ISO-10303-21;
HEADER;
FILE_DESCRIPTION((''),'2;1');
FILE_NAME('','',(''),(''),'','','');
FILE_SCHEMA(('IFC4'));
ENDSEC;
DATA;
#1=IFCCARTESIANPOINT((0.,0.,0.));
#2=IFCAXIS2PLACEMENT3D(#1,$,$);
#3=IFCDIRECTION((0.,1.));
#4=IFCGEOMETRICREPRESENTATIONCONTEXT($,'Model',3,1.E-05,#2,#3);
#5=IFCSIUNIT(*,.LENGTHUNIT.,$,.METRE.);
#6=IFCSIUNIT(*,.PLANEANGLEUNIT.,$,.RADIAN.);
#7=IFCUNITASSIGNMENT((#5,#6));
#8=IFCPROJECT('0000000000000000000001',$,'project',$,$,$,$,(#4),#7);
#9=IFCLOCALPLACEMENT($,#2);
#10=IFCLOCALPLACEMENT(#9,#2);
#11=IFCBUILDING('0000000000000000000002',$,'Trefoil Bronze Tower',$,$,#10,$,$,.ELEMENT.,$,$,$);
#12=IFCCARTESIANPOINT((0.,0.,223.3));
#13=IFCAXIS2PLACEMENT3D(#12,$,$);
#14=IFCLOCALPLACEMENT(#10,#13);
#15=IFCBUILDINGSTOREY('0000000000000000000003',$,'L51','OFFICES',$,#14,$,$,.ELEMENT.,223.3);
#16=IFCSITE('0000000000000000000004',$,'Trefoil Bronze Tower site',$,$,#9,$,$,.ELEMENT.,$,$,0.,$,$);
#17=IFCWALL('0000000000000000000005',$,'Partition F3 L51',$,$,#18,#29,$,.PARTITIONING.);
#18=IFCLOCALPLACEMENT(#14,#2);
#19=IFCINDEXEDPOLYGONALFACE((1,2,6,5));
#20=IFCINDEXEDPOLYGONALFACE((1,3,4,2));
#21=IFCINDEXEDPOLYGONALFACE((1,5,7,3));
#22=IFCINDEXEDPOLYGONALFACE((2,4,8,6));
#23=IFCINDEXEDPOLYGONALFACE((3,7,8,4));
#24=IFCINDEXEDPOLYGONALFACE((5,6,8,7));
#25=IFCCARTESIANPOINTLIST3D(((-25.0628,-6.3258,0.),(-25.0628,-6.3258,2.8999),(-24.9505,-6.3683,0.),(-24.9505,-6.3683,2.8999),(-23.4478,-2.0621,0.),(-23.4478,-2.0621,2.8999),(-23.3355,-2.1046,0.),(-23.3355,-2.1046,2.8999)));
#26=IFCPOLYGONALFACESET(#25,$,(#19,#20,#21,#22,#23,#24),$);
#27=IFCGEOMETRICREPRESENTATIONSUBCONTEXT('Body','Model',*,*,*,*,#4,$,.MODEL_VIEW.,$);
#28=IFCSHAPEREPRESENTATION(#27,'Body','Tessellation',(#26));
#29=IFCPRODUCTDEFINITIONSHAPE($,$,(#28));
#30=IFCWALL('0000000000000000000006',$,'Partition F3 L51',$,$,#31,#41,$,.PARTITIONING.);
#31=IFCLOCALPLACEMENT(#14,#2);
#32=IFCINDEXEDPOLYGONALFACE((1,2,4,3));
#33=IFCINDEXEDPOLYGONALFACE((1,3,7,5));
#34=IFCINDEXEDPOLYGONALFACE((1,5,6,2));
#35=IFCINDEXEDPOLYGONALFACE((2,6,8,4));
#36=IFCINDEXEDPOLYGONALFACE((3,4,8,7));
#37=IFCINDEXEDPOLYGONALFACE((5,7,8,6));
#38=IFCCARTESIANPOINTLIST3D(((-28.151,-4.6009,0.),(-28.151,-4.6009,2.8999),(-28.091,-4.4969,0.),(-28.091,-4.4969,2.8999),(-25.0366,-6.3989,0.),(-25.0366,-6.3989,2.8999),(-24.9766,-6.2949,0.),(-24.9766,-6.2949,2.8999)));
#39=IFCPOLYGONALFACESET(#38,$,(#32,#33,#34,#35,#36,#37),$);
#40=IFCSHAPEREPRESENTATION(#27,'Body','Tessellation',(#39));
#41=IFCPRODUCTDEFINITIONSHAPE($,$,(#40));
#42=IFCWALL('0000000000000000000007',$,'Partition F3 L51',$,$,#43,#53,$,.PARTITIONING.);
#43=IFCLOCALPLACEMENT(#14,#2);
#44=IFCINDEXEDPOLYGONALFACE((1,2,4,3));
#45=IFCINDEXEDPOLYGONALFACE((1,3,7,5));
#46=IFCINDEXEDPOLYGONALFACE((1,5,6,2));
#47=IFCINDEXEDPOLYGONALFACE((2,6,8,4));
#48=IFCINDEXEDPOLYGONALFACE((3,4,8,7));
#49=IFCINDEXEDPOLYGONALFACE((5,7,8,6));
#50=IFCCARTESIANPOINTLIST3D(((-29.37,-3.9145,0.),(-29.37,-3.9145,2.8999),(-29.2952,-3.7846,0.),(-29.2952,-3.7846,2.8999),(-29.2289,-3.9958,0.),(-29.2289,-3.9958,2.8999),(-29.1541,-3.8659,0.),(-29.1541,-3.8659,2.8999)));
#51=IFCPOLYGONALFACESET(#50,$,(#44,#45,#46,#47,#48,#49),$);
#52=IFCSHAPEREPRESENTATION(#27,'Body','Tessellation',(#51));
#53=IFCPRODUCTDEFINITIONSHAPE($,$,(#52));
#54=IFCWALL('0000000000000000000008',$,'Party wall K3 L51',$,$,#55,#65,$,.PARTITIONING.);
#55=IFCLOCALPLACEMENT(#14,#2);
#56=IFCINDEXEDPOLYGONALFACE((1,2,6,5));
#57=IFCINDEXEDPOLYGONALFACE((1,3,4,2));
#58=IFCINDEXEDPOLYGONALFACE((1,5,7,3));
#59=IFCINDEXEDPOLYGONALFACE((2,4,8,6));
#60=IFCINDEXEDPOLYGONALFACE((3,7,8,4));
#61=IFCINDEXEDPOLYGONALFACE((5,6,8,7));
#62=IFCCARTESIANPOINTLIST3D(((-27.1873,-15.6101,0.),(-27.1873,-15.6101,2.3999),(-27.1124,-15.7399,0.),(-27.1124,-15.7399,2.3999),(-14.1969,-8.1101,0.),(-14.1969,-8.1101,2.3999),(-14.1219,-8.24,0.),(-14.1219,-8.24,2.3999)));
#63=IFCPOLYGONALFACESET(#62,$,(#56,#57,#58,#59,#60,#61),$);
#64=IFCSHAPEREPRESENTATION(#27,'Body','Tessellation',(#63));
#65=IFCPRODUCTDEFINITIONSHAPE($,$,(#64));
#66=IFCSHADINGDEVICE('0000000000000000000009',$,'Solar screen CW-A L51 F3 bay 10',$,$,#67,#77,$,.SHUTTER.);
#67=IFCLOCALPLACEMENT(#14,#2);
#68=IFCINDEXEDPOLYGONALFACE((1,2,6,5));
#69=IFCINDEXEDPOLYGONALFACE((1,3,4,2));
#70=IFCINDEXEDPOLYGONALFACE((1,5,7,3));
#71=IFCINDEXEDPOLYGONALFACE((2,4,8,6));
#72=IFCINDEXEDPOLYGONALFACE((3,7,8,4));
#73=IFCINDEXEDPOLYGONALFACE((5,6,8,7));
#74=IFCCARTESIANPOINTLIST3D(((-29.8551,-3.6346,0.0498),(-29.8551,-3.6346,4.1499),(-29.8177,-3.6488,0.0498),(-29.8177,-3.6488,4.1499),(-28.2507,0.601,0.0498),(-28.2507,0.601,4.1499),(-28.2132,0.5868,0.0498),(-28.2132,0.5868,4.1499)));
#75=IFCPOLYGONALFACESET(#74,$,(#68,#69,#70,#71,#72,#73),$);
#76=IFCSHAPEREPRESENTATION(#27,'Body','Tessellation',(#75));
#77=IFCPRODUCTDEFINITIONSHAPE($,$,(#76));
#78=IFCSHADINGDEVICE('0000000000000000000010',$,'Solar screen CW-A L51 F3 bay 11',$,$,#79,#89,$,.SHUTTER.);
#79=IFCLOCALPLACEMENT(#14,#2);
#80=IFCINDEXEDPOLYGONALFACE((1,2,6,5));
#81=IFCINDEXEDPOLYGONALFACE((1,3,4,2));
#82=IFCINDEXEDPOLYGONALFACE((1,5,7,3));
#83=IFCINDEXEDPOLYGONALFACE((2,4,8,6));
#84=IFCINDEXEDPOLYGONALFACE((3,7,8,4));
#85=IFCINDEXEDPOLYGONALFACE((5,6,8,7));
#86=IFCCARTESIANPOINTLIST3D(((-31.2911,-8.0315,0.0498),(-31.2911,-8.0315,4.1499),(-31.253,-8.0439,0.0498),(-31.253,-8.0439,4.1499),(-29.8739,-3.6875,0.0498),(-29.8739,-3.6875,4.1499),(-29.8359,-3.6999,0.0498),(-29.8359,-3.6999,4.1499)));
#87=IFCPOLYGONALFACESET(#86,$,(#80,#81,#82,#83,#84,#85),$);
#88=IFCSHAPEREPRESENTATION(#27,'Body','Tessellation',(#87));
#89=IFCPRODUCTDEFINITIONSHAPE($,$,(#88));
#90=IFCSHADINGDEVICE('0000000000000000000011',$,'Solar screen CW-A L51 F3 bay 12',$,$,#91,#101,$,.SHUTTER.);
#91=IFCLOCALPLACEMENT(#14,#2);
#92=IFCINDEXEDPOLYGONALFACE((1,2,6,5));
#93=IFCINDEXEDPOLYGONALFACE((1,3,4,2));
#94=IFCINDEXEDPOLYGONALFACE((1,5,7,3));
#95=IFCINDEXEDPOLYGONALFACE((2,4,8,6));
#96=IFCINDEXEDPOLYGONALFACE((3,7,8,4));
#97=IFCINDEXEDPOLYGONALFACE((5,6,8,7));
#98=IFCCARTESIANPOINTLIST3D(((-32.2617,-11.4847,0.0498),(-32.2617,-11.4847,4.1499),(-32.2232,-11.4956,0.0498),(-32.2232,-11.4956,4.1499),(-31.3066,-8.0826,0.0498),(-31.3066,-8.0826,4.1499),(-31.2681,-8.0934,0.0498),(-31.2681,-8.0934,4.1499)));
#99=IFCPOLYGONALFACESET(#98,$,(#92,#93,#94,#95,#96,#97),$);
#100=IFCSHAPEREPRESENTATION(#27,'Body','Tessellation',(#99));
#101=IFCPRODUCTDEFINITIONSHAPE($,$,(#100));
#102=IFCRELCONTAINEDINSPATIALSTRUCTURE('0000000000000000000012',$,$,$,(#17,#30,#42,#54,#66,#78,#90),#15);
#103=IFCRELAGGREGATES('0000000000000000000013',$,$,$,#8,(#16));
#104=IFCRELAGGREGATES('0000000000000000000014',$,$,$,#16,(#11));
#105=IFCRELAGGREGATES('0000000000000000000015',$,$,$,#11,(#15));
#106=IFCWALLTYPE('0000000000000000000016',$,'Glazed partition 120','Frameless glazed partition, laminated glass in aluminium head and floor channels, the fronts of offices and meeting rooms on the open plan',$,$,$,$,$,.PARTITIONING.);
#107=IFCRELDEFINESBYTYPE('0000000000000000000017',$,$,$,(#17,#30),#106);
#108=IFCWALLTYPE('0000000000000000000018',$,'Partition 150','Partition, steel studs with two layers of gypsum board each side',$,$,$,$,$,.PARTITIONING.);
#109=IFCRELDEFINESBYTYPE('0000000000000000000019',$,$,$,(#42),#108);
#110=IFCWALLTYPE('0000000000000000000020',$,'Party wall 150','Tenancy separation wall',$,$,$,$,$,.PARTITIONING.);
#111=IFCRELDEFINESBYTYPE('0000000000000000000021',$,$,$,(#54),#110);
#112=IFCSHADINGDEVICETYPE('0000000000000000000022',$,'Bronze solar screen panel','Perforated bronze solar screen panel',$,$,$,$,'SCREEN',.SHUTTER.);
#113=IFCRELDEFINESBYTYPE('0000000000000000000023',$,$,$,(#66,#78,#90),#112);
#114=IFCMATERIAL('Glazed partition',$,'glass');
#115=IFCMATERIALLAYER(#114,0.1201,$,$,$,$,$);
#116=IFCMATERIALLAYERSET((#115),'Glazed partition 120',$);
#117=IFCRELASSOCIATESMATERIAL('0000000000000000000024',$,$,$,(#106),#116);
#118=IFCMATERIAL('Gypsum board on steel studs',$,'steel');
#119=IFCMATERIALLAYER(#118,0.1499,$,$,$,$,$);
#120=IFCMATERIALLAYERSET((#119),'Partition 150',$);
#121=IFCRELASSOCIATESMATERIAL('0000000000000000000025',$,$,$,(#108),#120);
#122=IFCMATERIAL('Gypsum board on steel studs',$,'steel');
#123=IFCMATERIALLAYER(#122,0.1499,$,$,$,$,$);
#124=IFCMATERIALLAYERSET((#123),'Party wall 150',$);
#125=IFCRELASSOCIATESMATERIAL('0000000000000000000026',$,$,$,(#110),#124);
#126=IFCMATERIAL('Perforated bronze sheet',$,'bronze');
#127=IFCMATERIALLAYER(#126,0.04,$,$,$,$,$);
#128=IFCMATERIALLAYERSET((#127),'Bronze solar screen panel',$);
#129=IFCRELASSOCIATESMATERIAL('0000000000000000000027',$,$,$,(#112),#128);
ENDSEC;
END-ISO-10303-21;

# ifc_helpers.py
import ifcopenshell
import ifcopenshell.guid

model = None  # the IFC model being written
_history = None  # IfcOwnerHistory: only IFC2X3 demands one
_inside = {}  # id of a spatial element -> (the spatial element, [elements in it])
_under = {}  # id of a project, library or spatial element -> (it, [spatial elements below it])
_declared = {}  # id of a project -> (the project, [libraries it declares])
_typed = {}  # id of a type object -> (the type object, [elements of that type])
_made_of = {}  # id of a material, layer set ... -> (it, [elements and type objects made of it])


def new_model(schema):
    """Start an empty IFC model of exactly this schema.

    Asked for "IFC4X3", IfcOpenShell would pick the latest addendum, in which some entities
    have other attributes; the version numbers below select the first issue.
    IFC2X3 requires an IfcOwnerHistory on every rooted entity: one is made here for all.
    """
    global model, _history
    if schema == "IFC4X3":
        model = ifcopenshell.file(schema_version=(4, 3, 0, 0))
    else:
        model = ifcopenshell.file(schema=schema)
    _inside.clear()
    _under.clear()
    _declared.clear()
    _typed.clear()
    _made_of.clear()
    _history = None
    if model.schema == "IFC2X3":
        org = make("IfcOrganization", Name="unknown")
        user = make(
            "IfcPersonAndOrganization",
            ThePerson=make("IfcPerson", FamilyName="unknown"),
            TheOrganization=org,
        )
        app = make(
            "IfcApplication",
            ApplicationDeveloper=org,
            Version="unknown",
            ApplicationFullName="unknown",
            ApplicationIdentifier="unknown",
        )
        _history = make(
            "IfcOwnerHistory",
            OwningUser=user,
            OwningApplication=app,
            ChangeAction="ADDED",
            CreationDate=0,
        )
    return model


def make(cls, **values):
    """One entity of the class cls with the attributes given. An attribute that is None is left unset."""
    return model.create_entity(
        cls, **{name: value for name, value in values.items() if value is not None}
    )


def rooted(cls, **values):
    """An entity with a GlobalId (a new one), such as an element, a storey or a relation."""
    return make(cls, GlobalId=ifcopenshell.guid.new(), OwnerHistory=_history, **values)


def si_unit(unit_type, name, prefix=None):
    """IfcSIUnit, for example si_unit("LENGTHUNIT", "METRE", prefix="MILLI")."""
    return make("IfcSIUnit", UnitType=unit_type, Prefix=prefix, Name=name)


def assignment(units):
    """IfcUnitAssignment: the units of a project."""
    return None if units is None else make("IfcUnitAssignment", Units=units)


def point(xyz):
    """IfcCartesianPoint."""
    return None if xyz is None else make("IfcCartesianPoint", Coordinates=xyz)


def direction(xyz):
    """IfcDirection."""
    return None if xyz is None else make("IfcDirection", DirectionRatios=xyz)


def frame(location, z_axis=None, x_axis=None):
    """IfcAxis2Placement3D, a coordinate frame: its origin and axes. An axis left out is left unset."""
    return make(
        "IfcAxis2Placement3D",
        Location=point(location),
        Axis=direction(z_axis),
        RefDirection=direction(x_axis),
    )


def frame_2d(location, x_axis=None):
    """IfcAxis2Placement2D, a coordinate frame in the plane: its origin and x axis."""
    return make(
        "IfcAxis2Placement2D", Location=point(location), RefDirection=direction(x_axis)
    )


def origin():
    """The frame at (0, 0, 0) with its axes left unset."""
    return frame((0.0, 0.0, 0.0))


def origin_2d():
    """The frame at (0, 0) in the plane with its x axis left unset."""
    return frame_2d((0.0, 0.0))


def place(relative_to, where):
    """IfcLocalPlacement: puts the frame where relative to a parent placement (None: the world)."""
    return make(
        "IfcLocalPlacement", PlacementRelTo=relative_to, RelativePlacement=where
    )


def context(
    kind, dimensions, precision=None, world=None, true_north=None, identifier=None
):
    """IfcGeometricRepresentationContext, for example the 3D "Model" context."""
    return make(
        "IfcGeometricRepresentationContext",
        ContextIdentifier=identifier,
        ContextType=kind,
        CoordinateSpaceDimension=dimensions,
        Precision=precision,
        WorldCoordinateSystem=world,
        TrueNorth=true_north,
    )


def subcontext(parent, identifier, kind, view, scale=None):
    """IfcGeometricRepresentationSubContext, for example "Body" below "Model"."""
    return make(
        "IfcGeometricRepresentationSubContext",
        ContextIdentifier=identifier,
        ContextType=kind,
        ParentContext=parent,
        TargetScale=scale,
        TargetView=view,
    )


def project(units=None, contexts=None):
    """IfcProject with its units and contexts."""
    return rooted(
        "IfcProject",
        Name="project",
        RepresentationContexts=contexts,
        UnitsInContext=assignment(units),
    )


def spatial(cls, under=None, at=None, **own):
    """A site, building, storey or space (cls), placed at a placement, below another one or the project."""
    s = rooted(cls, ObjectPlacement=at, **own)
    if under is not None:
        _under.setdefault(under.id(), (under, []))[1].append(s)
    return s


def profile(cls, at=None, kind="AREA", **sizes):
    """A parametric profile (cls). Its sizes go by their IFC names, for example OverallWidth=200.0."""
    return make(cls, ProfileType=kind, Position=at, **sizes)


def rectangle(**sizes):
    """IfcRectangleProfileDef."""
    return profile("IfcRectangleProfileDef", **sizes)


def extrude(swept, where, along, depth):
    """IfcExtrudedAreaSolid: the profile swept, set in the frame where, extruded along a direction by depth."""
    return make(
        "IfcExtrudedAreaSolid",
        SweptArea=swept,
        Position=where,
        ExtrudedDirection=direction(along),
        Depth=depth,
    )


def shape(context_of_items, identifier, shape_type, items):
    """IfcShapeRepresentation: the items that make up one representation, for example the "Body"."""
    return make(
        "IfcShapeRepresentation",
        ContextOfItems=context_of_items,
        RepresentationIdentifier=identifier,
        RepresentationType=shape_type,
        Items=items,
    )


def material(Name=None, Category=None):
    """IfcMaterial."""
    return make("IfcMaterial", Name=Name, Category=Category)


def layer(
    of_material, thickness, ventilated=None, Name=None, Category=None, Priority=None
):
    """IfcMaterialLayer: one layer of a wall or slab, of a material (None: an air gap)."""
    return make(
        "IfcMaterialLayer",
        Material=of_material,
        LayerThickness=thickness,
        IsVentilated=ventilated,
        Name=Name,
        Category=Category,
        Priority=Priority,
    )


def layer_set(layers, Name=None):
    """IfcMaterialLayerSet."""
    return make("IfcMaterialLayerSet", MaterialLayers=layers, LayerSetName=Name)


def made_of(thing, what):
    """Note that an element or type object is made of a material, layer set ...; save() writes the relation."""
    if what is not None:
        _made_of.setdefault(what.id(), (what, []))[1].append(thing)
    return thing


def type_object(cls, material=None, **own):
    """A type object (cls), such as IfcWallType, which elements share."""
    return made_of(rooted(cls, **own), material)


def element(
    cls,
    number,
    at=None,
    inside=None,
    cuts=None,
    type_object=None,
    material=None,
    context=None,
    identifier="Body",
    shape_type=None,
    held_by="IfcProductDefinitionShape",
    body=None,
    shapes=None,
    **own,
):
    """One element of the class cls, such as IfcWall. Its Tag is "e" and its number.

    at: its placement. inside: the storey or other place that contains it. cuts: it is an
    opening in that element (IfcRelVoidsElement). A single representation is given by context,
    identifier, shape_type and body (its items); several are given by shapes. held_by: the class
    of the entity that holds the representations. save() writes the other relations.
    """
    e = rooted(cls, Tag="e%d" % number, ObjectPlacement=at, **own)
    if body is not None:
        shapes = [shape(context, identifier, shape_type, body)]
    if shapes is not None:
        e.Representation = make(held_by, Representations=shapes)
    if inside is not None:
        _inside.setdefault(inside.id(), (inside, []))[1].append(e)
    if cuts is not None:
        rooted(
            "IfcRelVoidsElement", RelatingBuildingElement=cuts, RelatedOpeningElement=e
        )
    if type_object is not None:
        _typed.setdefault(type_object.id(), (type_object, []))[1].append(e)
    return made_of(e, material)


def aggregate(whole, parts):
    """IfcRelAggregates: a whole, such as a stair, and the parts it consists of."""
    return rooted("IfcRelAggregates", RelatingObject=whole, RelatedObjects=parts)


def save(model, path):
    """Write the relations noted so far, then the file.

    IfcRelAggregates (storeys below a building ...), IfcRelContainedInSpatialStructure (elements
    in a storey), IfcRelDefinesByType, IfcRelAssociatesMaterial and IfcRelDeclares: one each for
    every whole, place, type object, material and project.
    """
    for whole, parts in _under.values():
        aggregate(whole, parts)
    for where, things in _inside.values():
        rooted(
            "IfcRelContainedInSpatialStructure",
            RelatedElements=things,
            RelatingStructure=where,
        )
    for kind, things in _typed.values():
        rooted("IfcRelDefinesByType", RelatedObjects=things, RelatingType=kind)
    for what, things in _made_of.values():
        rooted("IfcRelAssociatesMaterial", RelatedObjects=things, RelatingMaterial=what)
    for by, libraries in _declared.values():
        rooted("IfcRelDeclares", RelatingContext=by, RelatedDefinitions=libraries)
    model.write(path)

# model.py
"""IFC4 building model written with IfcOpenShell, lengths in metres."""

from ifc_helpers import new_model, si_unit, direction, frame, frame_2d, origin, origin_2d, place, context, subcontext, project, spatial, rectangle, extrude, material, layer, layer_set, type_object, element, save


model = new_model("IFC4")

# Units and contexts
model_context = context("Model", 3, precision=1e-05, world=origin(), true_north=direction((0.0, 1.0)))
body_context = subcontext(model_context, "Body", "Model", "MODEL_VIEW")
ifc_project = project(units=[si_unit("LENGTHUNIT", "METRE"), si_unit("PLANEANGLEUNIT", "RADIAN")], contexts=[model_context])

# Site, building, storey
site_placement = place(None, origin())
site = spatial("IfcSite", under=ifc_project, at=site_placement, Name="Trefoil Bronze Tower site", CompositionType="ELEMENT", RefElevation=0.0)
building_placement = place(site_placement, origin())
building = spatial("IfcBuilding", under=site, at=building_placement, Name="Trefoil Bronze Tower", CompositionType="ELEMENT")
storey_placement = place(building_placement, frame((0.0, 0.0, 223.3)))
storey = spatial("IfcBuildingStorey", under=building, at=storey_placement, Name="L51", Description="OFFICES", CompositionType="ELEMENT", Elevation=223.3)

# Walls
ifc_material_1 = material(Name="Glazed partition", Category="glass")
ifc_layer_1 = layer(ifc_material_1, 0.1201)
ifc_layer_set_1 = layer_set([ifc_layer_1], Name="Glazed partition 120")
wall_type_1 = type_object("IfcWallType", Name="Glazed partition 120", Description="Frameless glazed partition, laminated glass in aluminium head and floor channels, the fronts of offices and meeting rooms on the open plan", PredefinedType="PARTITIONING", material=ifc_layer_set_1)
wall_1_placement = place(storey_placement, frame((-23.3916, -2.0833, 0.0), z_axis=(0.0, 0.0, 1.0), x_axis=(-0.35422, -0.935162, 0.0)))
element("IfcWall", 1, at=wall_1_placement, inside=storey, type_object=wall_type_1, Name="Partition F3 L51", PredefinedType="PARTITIONING", context=body_context, shape_type="SweptSolid", body=[
    extrude(rectangle(XDim=4.5593, YDim=0.1201, at=frame_2d((2.2798, 0.0))), origin(), (0.0, 0.0, 1.0), 2.8999),
])
wall_2_placement = place(storey_placement, frame((-25.0066, -6.3469, 0.0), z_axis=(0.0, 0.0, 1.0), x_axis=(-0.866033, 0.499987, 0.0)))
element("IfcWall", 2, at=wall_2_placement, inside=storey, type_object=wall_type_1, Name="Partition F3 L51", PredefinedType="PARTITIONING", context=body_context, shape_type="SweptSolid", body=[
    extrude(rectangle(XDim=3.5962, YDim=0.1201, at=frame_2d((1.7981, 0.0))), origin(), (0.0, 0.0, 1.0), 2.8999),
])
ifc_material_2 = material(Name="Gypsum board on steel studs", Category="steel")
ifc_layer_2 = layer(ifc_material_2, 0.1499)
ifc_layer_set_2 = layer_set([ifc_layer_2], Name="Partition 150")
wall_type_2 = type_object("IfcWallType", Name="Partition 150", Description="Partition, steel studs with two layers of gypsum board each side", PredefinedType="PARTITIONING", material=ifc_layer_set_2)
wall_3_placement = place(storey_placement, frame((-29.1914, -3.9309, 0.0), z_axis=(0.0, 0.0, 1.0), x_axis=(-0.866485, 0.499203, 0.0)))
element("IfcWall", 3, at=wall_3_placement, inside=storey, type_object=wall_type_2, Name="Partition F3 L51", PredefinedType="PARTITIONING", context=body_context, shape_type="SweptSolid", body=[
    extrude(rectangle(XDim=0.1628, YDim=0.1499, at=frame_2d((0.0815, 0.0))), origin(), (0.0, 0.0, 1.0), 2.8999),
])
ifc_material_3 = material(Name="Gypsum board on steel studs", Category="steel")
ifc_layer_3 = layer(ifc_material_3, 0.1499)
ifc_layer_set_3 = layer_set([ifc_layer_3], Name="Party wall 150")
wall_type_3 = type_object("IfcWallType", Name="Party wall 150", Description="Tenancy separation wall", PredefinedType="PARTITIONING", material=ifc_layer_set_3)
wall_4_placement = place(storey_placement, frame((-14.1594, -8.175, 0.0), z_axis=(0.0, 0.0, 1.0), x_axis=(-0.866027, -0.499997, 0.0)))
element("IfcWall", 4, at=wall_4_placement, inside=storey, type_object=wall_type_3, Name="Party wall K3 L51", PredefinedType="PARTITIONING", context=body_context, shape_type="SweptSolid", body=[
    extrude(rectangle(XDim=15.0, YDim=0.1499, at=frame_2d((7.5, 0.0))), origin(), (0.0, 0.0, 1.0), 2.3999),
])

# Shading devices
ifc_material_4 = material(Name="Perforated bronze sheet", Category="bronze")
ifc_layer_4 = layer(ifc_material_4, 0.04)
ifc_layer_set_4 = layer_set([ifc_layer_4], Name="Bronze solar screen panel")
shading_device_type = type_object("IfcShadingDeviceType", Name="Bronze solar screen panel", Description="Perforated bronze solar screen panel", ElementType="SCREEN", PredefinedType="SHUTTER", material=ifc_layer_set_4)
shading_device_1_placement = place(storey_placement, frame((-29.0342, -1.5239, 0.0498), z_axis=(0.0, 0.0, 1.0), x_axis=(-0.354234, -0.935157, 0.0)))
element("IfcShadingDevice", 5, at=shading_device_1_placement, inside=storey, type_object=shading_device_type, Name="Solar screen CW-A L51 F3 bay 10", PredefinedType="SHUTTER", context=body_context, shape_type="SweptSolid", body=[
    extrude(rectangle(XDim=4.5293, YDim=0.04, at=origin_2d()), origin(), (0.0, 0.0, 1.0), 4.1001),
])
shading_device_2_placement = place(storey_placement, frame((-30.5635, -5.8657, 0.0498), z_axis=(0.0, 0.0, 1.0), x_axis=(-0.310149, -0.950688, 0.0)))
element("IfcShadingDevice", 6, at=shading_device_2_placement, inside=storey, type_object=shading_device_type, Name="Solar screen CW-A L51 F3 bay 11", PredefinedType="SHUTTER", context=body_context, shape_type="SweptSolid", body=[
    extrude(rectangle(XDim=4.5693, YDim=0.04, at=origin_2d()), origin(), (0.0, 0.0, 1.0), 4.1001),
])
shading_device_3_placement = place(storey_placement, frame((-31.7649, -9.7891, 0.0498), z_axis=(0.0, 0.0, 1.0), x_axis=(-0.270282, -0.962781, 0.0)))
element("IfcShadingDevice", 7, at=shading_device_3_placement, inside=storey, type_object=shading_device_type, Name="Solar screen CW-A L51 F3 bay 12", PredefinedType="SHUTTER", context=body_context, shape_type="SweptSolid", body=[
    extrude(rectangle(XDim=3.5337, YDim=0.04, at=origin_2d()), origin(), (0.0, 0.0, 1.0), 4.1001),
])

save(model, "model.ifc")
